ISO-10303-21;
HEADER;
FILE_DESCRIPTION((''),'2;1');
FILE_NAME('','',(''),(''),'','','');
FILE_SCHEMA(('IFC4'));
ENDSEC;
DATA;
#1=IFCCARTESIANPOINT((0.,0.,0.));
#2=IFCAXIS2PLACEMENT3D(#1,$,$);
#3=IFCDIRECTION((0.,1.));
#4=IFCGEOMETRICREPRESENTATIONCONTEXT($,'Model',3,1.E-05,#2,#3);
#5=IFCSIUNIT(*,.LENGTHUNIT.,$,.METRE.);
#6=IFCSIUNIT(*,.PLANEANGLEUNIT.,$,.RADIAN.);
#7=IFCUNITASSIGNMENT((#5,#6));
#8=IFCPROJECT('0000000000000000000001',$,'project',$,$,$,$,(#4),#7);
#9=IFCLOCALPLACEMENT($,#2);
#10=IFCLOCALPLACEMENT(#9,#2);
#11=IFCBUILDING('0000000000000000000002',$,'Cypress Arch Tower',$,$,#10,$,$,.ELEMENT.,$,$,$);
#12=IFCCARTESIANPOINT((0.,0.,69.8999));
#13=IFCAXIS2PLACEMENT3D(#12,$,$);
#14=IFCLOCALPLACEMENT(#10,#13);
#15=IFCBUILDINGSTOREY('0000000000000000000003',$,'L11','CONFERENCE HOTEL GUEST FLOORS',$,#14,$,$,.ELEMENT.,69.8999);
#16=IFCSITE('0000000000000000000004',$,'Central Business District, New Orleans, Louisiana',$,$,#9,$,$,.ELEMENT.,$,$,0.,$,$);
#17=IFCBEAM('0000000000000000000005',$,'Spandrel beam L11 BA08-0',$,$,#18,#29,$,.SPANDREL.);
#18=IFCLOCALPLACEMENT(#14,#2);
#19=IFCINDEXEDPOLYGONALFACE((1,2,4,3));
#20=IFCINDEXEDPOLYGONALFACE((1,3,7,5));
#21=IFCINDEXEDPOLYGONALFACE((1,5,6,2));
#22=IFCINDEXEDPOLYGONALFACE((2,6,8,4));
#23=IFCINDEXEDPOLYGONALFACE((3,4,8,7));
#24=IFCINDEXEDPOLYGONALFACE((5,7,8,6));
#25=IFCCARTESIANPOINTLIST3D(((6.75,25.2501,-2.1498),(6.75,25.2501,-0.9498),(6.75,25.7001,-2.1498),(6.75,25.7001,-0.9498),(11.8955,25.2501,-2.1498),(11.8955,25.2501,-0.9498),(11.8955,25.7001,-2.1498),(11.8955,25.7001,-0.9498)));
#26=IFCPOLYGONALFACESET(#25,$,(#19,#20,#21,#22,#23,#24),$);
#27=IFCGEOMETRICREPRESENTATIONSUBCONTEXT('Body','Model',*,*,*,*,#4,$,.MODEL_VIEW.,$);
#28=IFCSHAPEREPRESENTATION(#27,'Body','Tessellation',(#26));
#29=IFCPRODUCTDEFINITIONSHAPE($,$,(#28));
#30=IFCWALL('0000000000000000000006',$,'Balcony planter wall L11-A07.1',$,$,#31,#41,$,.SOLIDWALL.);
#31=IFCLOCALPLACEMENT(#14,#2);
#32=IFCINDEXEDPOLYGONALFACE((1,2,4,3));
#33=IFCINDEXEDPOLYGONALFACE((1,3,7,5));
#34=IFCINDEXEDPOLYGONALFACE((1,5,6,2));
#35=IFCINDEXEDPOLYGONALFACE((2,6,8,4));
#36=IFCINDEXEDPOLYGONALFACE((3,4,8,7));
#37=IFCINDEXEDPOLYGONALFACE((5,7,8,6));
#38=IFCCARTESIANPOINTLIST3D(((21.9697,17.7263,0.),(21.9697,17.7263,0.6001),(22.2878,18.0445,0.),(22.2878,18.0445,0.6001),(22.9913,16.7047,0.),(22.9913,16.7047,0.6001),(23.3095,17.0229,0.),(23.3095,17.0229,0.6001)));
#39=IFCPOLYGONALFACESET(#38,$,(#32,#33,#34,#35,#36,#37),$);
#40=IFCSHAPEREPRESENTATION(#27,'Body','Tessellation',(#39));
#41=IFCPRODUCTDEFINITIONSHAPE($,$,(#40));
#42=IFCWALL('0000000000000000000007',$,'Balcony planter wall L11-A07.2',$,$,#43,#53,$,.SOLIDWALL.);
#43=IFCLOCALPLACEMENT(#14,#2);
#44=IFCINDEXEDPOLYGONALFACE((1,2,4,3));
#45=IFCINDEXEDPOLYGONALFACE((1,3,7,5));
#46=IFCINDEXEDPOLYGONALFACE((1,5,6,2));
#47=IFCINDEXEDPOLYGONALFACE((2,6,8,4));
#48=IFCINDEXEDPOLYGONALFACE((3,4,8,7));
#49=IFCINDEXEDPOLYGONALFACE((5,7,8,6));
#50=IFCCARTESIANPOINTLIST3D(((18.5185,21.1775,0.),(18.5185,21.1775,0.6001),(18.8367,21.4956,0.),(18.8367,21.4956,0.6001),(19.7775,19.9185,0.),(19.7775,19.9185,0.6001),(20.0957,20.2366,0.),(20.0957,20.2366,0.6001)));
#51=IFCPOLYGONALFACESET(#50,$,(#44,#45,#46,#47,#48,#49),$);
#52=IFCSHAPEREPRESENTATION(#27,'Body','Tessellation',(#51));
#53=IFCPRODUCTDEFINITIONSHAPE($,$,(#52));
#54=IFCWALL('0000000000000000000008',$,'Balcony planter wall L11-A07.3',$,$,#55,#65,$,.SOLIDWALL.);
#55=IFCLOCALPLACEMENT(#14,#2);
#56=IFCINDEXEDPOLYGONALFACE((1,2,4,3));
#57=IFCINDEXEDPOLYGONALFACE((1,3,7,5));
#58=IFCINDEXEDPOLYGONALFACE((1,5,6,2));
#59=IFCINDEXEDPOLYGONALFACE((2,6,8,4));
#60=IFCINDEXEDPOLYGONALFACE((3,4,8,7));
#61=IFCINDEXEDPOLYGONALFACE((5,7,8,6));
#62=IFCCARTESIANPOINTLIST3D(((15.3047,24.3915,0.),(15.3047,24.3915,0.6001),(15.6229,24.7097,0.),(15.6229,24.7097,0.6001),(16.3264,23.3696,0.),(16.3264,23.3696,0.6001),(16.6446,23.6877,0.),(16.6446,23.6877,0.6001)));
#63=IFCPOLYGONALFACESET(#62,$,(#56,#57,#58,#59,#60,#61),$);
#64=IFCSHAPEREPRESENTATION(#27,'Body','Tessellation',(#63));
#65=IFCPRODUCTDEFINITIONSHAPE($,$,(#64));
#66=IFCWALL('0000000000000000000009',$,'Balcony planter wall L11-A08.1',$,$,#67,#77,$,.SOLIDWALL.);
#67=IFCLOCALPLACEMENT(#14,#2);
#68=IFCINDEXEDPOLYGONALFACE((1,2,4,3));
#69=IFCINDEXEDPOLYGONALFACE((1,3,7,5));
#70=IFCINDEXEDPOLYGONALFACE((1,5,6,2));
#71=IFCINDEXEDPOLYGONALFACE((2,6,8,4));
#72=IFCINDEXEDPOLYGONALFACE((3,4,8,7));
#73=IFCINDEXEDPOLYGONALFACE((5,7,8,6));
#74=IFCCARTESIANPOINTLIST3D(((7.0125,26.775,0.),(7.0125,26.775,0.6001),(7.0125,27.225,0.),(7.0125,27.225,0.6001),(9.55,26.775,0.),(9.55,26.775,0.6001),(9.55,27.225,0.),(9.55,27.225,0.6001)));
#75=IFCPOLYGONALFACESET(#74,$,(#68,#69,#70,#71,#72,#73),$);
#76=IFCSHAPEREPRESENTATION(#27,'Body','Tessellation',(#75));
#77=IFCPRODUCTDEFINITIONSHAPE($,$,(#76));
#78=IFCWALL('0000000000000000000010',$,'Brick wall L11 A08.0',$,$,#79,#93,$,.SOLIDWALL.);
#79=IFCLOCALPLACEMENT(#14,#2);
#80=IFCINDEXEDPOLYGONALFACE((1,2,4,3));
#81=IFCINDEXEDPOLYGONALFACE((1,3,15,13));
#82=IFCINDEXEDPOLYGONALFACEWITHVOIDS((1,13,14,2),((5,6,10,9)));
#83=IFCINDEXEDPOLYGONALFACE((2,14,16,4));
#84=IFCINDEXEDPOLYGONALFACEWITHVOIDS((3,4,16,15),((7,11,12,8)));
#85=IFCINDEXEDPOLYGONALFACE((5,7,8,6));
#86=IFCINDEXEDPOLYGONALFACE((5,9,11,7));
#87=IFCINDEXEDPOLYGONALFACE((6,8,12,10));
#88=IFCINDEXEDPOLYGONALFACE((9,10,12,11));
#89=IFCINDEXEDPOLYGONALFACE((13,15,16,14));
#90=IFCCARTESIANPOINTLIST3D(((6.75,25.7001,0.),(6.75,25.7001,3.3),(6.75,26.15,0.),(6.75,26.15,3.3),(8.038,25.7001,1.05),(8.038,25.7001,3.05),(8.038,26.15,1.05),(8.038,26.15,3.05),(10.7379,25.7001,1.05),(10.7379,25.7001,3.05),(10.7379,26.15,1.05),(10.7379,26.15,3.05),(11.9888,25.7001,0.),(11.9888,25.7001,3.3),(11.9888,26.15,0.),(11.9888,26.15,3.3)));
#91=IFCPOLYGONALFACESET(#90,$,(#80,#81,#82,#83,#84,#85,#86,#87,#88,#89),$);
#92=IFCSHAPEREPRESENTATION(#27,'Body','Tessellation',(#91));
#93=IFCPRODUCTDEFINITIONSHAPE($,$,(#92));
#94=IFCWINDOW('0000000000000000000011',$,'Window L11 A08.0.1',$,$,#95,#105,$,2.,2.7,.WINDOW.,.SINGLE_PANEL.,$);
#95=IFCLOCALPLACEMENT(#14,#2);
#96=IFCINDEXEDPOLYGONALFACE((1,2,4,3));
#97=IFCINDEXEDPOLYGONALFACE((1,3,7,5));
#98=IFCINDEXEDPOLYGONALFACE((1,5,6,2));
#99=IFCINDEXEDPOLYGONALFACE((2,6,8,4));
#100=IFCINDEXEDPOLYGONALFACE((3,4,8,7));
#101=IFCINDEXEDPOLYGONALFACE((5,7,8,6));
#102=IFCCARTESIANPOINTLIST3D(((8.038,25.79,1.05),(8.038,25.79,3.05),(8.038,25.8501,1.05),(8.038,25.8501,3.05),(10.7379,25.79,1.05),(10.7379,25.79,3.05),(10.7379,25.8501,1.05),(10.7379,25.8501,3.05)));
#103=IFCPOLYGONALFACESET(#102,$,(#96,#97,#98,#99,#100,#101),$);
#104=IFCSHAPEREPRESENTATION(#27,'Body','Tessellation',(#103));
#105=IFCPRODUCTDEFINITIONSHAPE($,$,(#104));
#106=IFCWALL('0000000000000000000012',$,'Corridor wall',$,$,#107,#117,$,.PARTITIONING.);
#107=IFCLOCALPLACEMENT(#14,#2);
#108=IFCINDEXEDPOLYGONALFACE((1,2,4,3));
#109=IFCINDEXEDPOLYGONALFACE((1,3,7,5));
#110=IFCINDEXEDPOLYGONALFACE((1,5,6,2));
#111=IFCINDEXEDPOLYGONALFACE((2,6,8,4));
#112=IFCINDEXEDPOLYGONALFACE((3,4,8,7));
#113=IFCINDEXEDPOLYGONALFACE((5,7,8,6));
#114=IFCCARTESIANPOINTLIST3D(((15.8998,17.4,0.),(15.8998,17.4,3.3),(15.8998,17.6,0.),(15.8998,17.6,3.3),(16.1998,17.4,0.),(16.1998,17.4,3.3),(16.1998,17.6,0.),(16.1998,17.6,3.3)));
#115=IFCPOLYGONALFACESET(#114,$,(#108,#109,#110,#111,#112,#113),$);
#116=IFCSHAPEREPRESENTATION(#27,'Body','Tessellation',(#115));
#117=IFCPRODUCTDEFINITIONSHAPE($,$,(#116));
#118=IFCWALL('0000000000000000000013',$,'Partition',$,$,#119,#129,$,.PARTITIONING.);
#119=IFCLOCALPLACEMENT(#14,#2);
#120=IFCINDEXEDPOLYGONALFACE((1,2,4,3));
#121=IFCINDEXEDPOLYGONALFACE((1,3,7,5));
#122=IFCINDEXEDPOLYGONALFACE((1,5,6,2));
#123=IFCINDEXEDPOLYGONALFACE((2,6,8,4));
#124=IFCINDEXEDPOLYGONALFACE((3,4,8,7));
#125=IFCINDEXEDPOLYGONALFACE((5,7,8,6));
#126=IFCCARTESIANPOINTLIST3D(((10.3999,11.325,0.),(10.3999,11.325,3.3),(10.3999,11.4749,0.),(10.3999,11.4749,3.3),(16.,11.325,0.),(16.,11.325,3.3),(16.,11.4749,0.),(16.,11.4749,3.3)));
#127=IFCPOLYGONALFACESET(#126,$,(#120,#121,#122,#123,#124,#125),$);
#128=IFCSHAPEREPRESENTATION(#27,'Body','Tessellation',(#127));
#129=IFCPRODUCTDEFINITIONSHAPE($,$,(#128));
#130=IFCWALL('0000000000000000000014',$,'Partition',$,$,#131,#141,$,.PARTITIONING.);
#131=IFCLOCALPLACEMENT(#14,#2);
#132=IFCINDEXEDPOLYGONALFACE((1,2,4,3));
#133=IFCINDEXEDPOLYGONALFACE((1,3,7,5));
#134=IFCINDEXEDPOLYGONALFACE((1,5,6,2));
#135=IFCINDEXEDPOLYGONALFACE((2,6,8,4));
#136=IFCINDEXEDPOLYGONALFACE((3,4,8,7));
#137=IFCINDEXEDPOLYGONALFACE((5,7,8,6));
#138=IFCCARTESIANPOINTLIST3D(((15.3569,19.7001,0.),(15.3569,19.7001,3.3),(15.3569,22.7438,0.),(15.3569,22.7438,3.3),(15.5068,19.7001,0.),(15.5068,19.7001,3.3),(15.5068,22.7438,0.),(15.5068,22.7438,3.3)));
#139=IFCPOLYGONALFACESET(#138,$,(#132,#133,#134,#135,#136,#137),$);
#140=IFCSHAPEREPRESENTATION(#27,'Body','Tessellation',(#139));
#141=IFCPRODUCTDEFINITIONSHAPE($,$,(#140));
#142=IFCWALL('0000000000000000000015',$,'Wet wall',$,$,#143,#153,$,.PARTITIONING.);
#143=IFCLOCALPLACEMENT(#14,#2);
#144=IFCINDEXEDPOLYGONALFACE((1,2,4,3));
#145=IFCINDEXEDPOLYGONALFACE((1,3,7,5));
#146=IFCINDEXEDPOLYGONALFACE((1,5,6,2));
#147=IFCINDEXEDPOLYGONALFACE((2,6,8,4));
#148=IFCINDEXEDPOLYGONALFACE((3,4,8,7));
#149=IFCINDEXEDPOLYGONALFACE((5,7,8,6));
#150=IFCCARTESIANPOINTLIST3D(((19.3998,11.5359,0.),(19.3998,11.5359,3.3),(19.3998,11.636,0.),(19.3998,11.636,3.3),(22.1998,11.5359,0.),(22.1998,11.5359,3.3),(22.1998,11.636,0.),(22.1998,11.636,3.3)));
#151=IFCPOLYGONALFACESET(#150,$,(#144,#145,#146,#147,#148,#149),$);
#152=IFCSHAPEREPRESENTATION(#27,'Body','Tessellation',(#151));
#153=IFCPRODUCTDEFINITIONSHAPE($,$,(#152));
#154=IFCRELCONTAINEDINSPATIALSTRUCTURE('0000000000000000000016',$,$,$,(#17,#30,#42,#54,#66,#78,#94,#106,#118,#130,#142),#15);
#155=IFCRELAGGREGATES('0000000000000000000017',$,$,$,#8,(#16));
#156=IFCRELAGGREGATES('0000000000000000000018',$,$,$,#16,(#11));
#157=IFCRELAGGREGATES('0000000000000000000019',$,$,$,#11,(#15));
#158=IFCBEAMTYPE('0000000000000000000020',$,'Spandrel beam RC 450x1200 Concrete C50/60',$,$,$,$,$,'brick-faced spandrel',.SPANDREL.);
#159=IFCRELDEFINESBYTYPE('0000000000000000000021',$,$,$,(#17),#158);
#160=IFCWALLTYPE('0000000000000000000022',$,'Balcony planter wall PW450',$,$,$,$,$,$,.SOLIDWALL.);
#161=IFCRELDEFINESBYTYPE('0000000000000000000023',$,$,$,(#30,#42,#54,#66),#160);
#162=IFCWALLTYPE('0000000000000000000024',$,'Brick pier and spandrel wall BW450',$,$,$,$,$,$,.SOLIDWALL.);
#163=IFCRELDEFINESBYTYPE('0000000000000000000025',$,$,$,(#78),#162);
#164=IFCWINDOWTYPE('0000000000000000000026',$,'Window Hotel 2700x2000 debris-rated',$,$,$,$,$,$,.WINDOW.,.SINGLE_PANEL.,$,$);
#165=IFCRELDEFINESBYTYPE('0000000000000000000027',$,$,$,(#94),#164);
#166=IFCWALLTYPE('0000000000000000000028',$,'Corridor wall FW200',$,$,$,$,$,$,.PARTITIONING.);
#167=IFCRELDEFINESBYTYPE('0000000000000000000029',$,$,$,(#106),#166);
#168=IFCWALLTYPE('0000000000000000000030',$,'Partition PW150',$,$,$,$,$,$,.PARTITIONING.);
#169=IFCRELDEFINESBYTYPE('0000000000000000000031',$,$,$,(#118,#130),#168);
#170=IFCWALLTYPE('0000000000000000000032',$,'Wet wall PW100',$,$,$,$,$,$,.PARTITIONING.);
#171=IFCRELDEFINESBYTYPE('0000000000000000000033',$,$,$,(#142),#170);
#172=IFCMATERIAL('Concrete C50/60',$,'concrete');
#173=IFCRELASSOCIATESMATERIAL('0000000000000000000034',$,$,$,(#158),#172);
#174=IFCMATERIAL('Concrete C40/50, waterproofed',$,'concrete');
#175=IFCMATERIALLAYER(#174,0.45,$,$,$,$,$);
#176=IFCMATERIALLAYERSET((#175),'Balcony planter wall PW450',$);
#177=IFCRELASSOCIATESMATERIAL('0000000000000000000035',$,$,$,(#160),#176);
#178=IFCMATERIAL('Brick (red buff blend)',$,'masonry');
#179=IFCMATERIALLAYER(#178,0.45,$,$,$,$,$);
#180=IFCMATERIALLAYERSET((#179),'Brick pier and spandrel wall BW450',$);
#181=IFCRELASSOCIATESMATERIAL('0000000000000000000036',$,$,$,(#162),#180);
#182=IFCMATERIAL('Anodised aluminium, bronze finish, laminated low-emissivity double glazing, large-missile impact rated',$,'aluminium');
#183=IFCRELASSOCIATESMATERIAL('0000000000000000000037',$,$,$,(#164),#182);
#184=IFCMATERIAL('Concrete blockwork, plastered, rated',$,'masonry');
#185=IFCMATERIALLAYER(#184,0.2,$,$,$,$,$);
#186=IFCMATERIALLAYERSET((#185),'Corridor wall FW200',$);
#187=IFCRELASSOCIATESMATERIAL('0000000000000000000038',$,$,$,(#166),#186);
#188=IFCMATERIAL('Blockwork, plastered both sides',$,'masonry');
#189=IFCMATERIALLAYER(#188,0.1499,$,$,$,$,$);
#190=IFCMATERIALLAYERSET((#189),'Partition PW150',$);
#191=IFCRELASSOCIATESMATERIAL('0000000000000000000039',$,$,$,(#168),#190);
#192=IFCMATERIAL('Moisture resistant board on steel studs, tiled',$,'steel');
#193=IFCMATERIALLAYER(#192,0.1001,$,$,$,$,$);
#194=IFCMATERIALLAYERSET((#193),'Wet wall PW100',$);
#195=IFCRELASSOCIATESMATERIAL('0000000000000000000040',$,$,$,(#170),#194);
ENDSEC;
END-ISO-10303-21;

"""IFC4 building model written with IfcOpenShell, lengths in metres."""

from ifc_helpers import new_model, si_unit, direction, frame, frame_2d, origin, origin_2d, place, context, subcontext, project, spatial, rectangle, extrude, material, layer, layer_set, material_profile, profile_set, type_object, element, fill, save


model = new_model("IFC4")

# Units and contexts
model_context = context("Model", 3, precision=1e-05, world=origin(), true_north=direction((0.0, 1.0)))
body_context = subcontext(model_context, "Body", "Model", "MODEL_VIEW")
ifc_project = project(units=[si_unit("LENGTHUNIT", "METRE"), si_unit("PLANEANGLEUNIT", "RADIAN")], contexts=[model_context])

# Site, building, storey
site_placement = place(None, origin())
site = spatial("IfcSite", under=ifc_project, at=site_placement, Name="Central Business District, New Orleans, Louisiana", CompositionType="ELEMENT", RefElevation=0.0)
building_placement = place(site_placement, origin())
building = spatial("IfcBuilding", under=site, at=building_placement, Name="Cypress Arch Tower", CompositionType="ELEMENT")
storey_placement = place(building_placement, frame((0.0, 0.0, 69.8999)))
storey = spatial("IfcBuildingStorey", under=building, at=storey_placement, Name="L11", Description="CONFERENCE HOTEL GUEST FLOORS", CompositionType="ELEMENT", Elevation=69.8999)

# Beam
ifc_material_1 = material(Name="Concrete C50/60", Category="concrete")
ifc_material_profile_1 = material_profile(ifc_material_1, rectangle(XDim=0.45, YDim=1.2, at=origin_2d()), Name="RC 450x1200")
ifc_profile_set_1 = profile_set([ifc_material_profile_1], Name="Concrete C50/60")
beam_type_1 = type_object("IfcBeamType", Name="Spandrel beam RC 450x1200 Concrete C50/60", ElementType="brick-faced spandrel", PredefinedType="SPANDREL", material=ifc_profile_set_1)
beam_1_placement = place(storey_placement, frame((11.8955, 25.4751, -1.5498), z_axis=(-1.0, 0.0, 0.0), x_axis=(0.0, -1.0, 0.0)))
element("IfcBeam", 1, at=beam_1_placement, inside=storey, type_object=beam_type_1, Name="Spandrel beam L11 BA08-0", PredefinedType="SPANDREL", context=body_context, shape_type="SweptSolid", body=[
    extrude(rectangle(XDim=0.45, YDim=1.2, at=origin_2d()), origin(), (0.0, 0.0, 1.0), 5.1455),
])

# Walls
ifc_material_2 = material(Name="Concrete C40/50, waterproofed", Category="concrete")
ifc_layer_1 = layer(ifc_material_2, 0.45)
ifc_layer_set_1 = layer_set([ifc_layer_1], Name="Balcony planter wall PW450")
wall_type_1 = type_object("IfcWallType", Name="Balcony planter wall PW450", PredefinedType="SOLIDWALL", material=ifc_layer_set_1)
wall_1_placement = place(storey_placement, frame((23.1504, 16.8638, 0.0), z_axis=(0.0, 0.0, 1.0), x_axis=(-0.707107, 0.707107, 0.0)))
element("IfcWall", 2, at=wall_1_placement, inside=storey, type_object=wall_type_1, Name="Balcony planter wall L11-A07.1", PredefinedType="SOLIDWALL", context=body_context, shape_type="SweptSolid", body=[
    extrude(rectangle(XDim=1.4448, YDim=0.45, at=frame_2d((0.7224, 0.0))), origin(), (0.0, 0.0, 1.0), 0.6001),
])
wall_2_placement = place(storey_placement, frame((19.9365, 20.0776, 0.0), z_axis=(0.0, 0.0, 1.0), x_axis=(-0.707107, 0.707107, 0.0)))
element("IfcWall", 3, at=wall_2_placement, inside=storey, type_object=wall_type_1, Name="Balcony planter wall L11-A07.2", PredefinedType="SOLIDWALL", context=body_context, shape_type="SweptSolid", body=[
    extrude(rectangle(XDim=1.7805, YDim=0.45, at=frame_2d((0.8901, 0.0))), origin(), (0.0, 0.0, 1.0), 0.6001),
])
wall_3_placement = place(storey_placement, frame((16.4856, 23.5286, 0.0), z_axis=(0.0, 0.0, 1.0), x_axis=(-0.707022, 0.707191, 0.0)))
element("IfcWall", 4, at=wall_3_placement, inside=storey, type_object=wall_type_1, Name="Balcony planter wall L11-A07.3", PredefinedType="SOLIDWALL", context=body_context, shape_type="SweptSolid", body=[
    extrude(rectangle(XDim=1.4451, YDim=0.45, at=frame_2d((0.7227, 0.0))), origin(), (0.0, 0.0, 1.0), 0.6001),
])
wall_4_placement = place(storey_placement, frame((9.55, 27.0, 0.0), z_axis=(0.0, 0.0, 1.0), x_axis=(-1.0, 0.0, 0.0)))
element("IfcWall", 5, at=wall_4_placement, inside=storey, type_object=wall_type_1, Name="Balcony planter wall L11-A08.1", PredefinedType="SOLIDWALL", context=body_context, shape_type="SweptSolid", body=[
    extrude(rectangle(XDim=2.5376, YDim=0.45, at=frame_2d((1.2688, 0.0))), origin(), (0.0, 0.0, 1.0), 0.6001),
])

# Shared definitions
ifc_material_3 = material(Name="Brick (red buff blend)", Category="masonry")
ifc_layer_2 = layer(ifc_material_3, 0.45)
ifc_layer_set_2 = layer_set([ifc_layer_2], Name="Brick pier and spandrel wall BW450")
wall_type_2 = type_object("IfcWallType", Name="Brick pier and spandrel wall BW450", PredefinedType="SOLIDWALL", material=ifc_layer_set_2)
ifc_material_4 = material(Name="Anodised aluminium, bronze finish, laminated low-emissivity double glazing, large-missile impact rated", Category="aluminium")
window_type = type_object("IfcWindowType", Name="Window Hotel 2700x2000 debris-rated", PartitioningType="SINGLE_PANEL", PredefinedType="WINDOW", material=ifc_material_4)

# Wall, opening, window
wall_5_placement = place(storey_placement, frame((11.9888, 25.925, 0.0), z_axis=(0.0, 0.0, 1.0), x_axis=(-1.0, 0.0, 0.0)))
wall_5 = element("IfcWall", 6, at=wall_5_placement, inside=storey, type_object=wall_type_2, Name="Brick wall L11 A08.0", PredefinedType="SOLIDWALL", context=body_context, shape_type="SweptSolid", body=[
    extrude(rectangle(XDim=5.2388, YDim=0.45, at=frame_2d((2.6194, 0.0))), origin(), (0.0, 0.0, 1.0), 3.3),
])
opening_1_placement = place(wall_5_placement, frame((1.2507, 0.0, 1.05)))
opening_1 = element("IfcOpeningElement", 7, at=opening_1_placement, cuts=wall_5, PredefinedType="OPENING", context=body_context, shape_type="SweptSolid", body=[
    extrude(rectangle(XDim=2.7, YDim=2.0, at=frame_2d((1.3501, 1.0))), frame((0.0, 0.2349, 0.0), z_axis=(0.0, -1.0, 0.0), x_axis=(1.0, 0.0, 0.0)), (0.0, 0.0, 1.0), 0.47),
])
window_1_placement = place(opening_1_placement, origin())
window_1 = element("IfcWindow", 8, at=window_1_placement, inside=storey, type_object=window_type, Name="Window L11 A08.0.1", OverallHeight=2.0, OverallWidth=2.7, PartitioningType="SINGLE_PANEL", PredefinedType="WINDOW", context=body_context, shape_type="SweptSolid", body=[
    extrude(rectangle(XDim=2.7, YDim=2.0, at=frame_2d((1.3501, 1.0))), frame((0.0, 0.135, 0.0), z_axis=(0.0, -1.0, 0.0), x_axis=(1.0, 0.0, 0.0)), (0.0, 0.0, 1.0), 0.0601),
])
fill(opening_1, window_1)

# Walls
ifc_material_5 = material(Name="Concrete blockwork, plastered, rated", Category="masonry")
ifc_layer_3 = layer(ifc_material_5, 0.2)
ifc_layer_set_3 = layer_set([ifc_layer_3], Name="Corridor wall FW200")
wall_type_3 = type_object("IfcWallType", Name="Corridor wall FW200", PredefinedType="PARTITIONING", material=ifc_layer_set_3)
wall_6_placement = place(storey_placement, frame((15.8999, 17.5, 0.0), z_axis=(0.0, 0.0, 1.0), x_axis=(1.0, 0.0, 0.0)))
element("IfcWall", 9, at=wall_6_placement, inside=storey, type_object=wall_type_3, Name="Corridor wall", PredefinedType="PARTITIONING", context=body_context, shape_type="SweptSolid", body=[
    extrude(rectangle(XDim=0.3, YDim=0.2, at=frame_2d((0.1499, 0.0))), origin(), (0.0, 0.0, 1.0), 3.3),
])
ifc_material_6 = material(Name="Blockwork, plastered both sides", Category="masonry")
ifc_layer_4 = layer(ifc_material_6, 0.1499)
ifc_layer_set_4 = layer_set([ifc_layer_4], Name="Partition PW150")
wall_type_4 = type_object("IfcWallType", Name="Partition PW150", PredefinedType="PARTITIONING", material=ifc_layer_set_4)
wall_7_placement = place(storey_placement, frame((10.3999, 11.3999, 0.0), z_axis=(0.0, 0.0, 1.0), x_axis=(1.0, 0.0, 0.0)))
element("IfcWall", 10, at=wall_7_placement, inside=storey, type_object=wall_type_4, Name="Partition", PredefinedType="PARTITIONING", context=body_context, shape_type="SweptSolid", body=[
    extrude(rectangle(XDim=5.6001, YDim=0.1499, at=frame_2d((2.8, 0.0))), origin(), (0.0, 0.0, 1.0), 3.3),
])
wall_8_placement = place(storey_placement, frame((15.4319, 19.7, 0.0), z_axis=(0.0, 0.0, 1.0), x_axis=(0.0, 1.0, 0.0)))
element("IfcWall", 11, at=wall_8_placement, inside=storey, type_object=wall_type_4, Name="Partition", PredefinedType="PARTITIONING", context=body_context, shape_type="SweptSolid", body=[
    extrude(rectangle(XDim=3.0437, YDim=0.1499, at=frame_2d((1.522, 0.0))), origin(), (0.0, 0.0, 1.0), 3.3),
])
ifc_material_7 = material(Name="Moisture resistant board on steel studs, tiled", Category="steel")
ifc_layer_5 = layer(ifc_material_7, 0.1001)
ifc_layer_set_5 = layer_set([ifc_layer_5], Name="Wet wall PW100")
wall_type_5 = type_object("IfcWallType", Name="Wet wall PW100", PredefinedType="PARTITIONING", material=ifc_layer_set_5)
wall_9_placement = place(storey_placement, frame((19.3999, 11.5859, 0.0), z_axis=(0.0, 0.0, 1.0), x_axis=(1.0, 0.0, 0.0)))
element("IfcWall", 12, at=wall_9_placement, inside=storey, type_object=wall_type_5, Name="Wet wall", PredefinedType="PARTITIONING", context=body_context, shape_type="SweptSolid", body=[
    extrude(rectangle(XDim=2.8, YDim=0.1001, at=frame_2d((1.3999, 0.0))), origin(), (0.0, 0.0, 1.0), 3.3),
])

save(model, "model.ifc")
